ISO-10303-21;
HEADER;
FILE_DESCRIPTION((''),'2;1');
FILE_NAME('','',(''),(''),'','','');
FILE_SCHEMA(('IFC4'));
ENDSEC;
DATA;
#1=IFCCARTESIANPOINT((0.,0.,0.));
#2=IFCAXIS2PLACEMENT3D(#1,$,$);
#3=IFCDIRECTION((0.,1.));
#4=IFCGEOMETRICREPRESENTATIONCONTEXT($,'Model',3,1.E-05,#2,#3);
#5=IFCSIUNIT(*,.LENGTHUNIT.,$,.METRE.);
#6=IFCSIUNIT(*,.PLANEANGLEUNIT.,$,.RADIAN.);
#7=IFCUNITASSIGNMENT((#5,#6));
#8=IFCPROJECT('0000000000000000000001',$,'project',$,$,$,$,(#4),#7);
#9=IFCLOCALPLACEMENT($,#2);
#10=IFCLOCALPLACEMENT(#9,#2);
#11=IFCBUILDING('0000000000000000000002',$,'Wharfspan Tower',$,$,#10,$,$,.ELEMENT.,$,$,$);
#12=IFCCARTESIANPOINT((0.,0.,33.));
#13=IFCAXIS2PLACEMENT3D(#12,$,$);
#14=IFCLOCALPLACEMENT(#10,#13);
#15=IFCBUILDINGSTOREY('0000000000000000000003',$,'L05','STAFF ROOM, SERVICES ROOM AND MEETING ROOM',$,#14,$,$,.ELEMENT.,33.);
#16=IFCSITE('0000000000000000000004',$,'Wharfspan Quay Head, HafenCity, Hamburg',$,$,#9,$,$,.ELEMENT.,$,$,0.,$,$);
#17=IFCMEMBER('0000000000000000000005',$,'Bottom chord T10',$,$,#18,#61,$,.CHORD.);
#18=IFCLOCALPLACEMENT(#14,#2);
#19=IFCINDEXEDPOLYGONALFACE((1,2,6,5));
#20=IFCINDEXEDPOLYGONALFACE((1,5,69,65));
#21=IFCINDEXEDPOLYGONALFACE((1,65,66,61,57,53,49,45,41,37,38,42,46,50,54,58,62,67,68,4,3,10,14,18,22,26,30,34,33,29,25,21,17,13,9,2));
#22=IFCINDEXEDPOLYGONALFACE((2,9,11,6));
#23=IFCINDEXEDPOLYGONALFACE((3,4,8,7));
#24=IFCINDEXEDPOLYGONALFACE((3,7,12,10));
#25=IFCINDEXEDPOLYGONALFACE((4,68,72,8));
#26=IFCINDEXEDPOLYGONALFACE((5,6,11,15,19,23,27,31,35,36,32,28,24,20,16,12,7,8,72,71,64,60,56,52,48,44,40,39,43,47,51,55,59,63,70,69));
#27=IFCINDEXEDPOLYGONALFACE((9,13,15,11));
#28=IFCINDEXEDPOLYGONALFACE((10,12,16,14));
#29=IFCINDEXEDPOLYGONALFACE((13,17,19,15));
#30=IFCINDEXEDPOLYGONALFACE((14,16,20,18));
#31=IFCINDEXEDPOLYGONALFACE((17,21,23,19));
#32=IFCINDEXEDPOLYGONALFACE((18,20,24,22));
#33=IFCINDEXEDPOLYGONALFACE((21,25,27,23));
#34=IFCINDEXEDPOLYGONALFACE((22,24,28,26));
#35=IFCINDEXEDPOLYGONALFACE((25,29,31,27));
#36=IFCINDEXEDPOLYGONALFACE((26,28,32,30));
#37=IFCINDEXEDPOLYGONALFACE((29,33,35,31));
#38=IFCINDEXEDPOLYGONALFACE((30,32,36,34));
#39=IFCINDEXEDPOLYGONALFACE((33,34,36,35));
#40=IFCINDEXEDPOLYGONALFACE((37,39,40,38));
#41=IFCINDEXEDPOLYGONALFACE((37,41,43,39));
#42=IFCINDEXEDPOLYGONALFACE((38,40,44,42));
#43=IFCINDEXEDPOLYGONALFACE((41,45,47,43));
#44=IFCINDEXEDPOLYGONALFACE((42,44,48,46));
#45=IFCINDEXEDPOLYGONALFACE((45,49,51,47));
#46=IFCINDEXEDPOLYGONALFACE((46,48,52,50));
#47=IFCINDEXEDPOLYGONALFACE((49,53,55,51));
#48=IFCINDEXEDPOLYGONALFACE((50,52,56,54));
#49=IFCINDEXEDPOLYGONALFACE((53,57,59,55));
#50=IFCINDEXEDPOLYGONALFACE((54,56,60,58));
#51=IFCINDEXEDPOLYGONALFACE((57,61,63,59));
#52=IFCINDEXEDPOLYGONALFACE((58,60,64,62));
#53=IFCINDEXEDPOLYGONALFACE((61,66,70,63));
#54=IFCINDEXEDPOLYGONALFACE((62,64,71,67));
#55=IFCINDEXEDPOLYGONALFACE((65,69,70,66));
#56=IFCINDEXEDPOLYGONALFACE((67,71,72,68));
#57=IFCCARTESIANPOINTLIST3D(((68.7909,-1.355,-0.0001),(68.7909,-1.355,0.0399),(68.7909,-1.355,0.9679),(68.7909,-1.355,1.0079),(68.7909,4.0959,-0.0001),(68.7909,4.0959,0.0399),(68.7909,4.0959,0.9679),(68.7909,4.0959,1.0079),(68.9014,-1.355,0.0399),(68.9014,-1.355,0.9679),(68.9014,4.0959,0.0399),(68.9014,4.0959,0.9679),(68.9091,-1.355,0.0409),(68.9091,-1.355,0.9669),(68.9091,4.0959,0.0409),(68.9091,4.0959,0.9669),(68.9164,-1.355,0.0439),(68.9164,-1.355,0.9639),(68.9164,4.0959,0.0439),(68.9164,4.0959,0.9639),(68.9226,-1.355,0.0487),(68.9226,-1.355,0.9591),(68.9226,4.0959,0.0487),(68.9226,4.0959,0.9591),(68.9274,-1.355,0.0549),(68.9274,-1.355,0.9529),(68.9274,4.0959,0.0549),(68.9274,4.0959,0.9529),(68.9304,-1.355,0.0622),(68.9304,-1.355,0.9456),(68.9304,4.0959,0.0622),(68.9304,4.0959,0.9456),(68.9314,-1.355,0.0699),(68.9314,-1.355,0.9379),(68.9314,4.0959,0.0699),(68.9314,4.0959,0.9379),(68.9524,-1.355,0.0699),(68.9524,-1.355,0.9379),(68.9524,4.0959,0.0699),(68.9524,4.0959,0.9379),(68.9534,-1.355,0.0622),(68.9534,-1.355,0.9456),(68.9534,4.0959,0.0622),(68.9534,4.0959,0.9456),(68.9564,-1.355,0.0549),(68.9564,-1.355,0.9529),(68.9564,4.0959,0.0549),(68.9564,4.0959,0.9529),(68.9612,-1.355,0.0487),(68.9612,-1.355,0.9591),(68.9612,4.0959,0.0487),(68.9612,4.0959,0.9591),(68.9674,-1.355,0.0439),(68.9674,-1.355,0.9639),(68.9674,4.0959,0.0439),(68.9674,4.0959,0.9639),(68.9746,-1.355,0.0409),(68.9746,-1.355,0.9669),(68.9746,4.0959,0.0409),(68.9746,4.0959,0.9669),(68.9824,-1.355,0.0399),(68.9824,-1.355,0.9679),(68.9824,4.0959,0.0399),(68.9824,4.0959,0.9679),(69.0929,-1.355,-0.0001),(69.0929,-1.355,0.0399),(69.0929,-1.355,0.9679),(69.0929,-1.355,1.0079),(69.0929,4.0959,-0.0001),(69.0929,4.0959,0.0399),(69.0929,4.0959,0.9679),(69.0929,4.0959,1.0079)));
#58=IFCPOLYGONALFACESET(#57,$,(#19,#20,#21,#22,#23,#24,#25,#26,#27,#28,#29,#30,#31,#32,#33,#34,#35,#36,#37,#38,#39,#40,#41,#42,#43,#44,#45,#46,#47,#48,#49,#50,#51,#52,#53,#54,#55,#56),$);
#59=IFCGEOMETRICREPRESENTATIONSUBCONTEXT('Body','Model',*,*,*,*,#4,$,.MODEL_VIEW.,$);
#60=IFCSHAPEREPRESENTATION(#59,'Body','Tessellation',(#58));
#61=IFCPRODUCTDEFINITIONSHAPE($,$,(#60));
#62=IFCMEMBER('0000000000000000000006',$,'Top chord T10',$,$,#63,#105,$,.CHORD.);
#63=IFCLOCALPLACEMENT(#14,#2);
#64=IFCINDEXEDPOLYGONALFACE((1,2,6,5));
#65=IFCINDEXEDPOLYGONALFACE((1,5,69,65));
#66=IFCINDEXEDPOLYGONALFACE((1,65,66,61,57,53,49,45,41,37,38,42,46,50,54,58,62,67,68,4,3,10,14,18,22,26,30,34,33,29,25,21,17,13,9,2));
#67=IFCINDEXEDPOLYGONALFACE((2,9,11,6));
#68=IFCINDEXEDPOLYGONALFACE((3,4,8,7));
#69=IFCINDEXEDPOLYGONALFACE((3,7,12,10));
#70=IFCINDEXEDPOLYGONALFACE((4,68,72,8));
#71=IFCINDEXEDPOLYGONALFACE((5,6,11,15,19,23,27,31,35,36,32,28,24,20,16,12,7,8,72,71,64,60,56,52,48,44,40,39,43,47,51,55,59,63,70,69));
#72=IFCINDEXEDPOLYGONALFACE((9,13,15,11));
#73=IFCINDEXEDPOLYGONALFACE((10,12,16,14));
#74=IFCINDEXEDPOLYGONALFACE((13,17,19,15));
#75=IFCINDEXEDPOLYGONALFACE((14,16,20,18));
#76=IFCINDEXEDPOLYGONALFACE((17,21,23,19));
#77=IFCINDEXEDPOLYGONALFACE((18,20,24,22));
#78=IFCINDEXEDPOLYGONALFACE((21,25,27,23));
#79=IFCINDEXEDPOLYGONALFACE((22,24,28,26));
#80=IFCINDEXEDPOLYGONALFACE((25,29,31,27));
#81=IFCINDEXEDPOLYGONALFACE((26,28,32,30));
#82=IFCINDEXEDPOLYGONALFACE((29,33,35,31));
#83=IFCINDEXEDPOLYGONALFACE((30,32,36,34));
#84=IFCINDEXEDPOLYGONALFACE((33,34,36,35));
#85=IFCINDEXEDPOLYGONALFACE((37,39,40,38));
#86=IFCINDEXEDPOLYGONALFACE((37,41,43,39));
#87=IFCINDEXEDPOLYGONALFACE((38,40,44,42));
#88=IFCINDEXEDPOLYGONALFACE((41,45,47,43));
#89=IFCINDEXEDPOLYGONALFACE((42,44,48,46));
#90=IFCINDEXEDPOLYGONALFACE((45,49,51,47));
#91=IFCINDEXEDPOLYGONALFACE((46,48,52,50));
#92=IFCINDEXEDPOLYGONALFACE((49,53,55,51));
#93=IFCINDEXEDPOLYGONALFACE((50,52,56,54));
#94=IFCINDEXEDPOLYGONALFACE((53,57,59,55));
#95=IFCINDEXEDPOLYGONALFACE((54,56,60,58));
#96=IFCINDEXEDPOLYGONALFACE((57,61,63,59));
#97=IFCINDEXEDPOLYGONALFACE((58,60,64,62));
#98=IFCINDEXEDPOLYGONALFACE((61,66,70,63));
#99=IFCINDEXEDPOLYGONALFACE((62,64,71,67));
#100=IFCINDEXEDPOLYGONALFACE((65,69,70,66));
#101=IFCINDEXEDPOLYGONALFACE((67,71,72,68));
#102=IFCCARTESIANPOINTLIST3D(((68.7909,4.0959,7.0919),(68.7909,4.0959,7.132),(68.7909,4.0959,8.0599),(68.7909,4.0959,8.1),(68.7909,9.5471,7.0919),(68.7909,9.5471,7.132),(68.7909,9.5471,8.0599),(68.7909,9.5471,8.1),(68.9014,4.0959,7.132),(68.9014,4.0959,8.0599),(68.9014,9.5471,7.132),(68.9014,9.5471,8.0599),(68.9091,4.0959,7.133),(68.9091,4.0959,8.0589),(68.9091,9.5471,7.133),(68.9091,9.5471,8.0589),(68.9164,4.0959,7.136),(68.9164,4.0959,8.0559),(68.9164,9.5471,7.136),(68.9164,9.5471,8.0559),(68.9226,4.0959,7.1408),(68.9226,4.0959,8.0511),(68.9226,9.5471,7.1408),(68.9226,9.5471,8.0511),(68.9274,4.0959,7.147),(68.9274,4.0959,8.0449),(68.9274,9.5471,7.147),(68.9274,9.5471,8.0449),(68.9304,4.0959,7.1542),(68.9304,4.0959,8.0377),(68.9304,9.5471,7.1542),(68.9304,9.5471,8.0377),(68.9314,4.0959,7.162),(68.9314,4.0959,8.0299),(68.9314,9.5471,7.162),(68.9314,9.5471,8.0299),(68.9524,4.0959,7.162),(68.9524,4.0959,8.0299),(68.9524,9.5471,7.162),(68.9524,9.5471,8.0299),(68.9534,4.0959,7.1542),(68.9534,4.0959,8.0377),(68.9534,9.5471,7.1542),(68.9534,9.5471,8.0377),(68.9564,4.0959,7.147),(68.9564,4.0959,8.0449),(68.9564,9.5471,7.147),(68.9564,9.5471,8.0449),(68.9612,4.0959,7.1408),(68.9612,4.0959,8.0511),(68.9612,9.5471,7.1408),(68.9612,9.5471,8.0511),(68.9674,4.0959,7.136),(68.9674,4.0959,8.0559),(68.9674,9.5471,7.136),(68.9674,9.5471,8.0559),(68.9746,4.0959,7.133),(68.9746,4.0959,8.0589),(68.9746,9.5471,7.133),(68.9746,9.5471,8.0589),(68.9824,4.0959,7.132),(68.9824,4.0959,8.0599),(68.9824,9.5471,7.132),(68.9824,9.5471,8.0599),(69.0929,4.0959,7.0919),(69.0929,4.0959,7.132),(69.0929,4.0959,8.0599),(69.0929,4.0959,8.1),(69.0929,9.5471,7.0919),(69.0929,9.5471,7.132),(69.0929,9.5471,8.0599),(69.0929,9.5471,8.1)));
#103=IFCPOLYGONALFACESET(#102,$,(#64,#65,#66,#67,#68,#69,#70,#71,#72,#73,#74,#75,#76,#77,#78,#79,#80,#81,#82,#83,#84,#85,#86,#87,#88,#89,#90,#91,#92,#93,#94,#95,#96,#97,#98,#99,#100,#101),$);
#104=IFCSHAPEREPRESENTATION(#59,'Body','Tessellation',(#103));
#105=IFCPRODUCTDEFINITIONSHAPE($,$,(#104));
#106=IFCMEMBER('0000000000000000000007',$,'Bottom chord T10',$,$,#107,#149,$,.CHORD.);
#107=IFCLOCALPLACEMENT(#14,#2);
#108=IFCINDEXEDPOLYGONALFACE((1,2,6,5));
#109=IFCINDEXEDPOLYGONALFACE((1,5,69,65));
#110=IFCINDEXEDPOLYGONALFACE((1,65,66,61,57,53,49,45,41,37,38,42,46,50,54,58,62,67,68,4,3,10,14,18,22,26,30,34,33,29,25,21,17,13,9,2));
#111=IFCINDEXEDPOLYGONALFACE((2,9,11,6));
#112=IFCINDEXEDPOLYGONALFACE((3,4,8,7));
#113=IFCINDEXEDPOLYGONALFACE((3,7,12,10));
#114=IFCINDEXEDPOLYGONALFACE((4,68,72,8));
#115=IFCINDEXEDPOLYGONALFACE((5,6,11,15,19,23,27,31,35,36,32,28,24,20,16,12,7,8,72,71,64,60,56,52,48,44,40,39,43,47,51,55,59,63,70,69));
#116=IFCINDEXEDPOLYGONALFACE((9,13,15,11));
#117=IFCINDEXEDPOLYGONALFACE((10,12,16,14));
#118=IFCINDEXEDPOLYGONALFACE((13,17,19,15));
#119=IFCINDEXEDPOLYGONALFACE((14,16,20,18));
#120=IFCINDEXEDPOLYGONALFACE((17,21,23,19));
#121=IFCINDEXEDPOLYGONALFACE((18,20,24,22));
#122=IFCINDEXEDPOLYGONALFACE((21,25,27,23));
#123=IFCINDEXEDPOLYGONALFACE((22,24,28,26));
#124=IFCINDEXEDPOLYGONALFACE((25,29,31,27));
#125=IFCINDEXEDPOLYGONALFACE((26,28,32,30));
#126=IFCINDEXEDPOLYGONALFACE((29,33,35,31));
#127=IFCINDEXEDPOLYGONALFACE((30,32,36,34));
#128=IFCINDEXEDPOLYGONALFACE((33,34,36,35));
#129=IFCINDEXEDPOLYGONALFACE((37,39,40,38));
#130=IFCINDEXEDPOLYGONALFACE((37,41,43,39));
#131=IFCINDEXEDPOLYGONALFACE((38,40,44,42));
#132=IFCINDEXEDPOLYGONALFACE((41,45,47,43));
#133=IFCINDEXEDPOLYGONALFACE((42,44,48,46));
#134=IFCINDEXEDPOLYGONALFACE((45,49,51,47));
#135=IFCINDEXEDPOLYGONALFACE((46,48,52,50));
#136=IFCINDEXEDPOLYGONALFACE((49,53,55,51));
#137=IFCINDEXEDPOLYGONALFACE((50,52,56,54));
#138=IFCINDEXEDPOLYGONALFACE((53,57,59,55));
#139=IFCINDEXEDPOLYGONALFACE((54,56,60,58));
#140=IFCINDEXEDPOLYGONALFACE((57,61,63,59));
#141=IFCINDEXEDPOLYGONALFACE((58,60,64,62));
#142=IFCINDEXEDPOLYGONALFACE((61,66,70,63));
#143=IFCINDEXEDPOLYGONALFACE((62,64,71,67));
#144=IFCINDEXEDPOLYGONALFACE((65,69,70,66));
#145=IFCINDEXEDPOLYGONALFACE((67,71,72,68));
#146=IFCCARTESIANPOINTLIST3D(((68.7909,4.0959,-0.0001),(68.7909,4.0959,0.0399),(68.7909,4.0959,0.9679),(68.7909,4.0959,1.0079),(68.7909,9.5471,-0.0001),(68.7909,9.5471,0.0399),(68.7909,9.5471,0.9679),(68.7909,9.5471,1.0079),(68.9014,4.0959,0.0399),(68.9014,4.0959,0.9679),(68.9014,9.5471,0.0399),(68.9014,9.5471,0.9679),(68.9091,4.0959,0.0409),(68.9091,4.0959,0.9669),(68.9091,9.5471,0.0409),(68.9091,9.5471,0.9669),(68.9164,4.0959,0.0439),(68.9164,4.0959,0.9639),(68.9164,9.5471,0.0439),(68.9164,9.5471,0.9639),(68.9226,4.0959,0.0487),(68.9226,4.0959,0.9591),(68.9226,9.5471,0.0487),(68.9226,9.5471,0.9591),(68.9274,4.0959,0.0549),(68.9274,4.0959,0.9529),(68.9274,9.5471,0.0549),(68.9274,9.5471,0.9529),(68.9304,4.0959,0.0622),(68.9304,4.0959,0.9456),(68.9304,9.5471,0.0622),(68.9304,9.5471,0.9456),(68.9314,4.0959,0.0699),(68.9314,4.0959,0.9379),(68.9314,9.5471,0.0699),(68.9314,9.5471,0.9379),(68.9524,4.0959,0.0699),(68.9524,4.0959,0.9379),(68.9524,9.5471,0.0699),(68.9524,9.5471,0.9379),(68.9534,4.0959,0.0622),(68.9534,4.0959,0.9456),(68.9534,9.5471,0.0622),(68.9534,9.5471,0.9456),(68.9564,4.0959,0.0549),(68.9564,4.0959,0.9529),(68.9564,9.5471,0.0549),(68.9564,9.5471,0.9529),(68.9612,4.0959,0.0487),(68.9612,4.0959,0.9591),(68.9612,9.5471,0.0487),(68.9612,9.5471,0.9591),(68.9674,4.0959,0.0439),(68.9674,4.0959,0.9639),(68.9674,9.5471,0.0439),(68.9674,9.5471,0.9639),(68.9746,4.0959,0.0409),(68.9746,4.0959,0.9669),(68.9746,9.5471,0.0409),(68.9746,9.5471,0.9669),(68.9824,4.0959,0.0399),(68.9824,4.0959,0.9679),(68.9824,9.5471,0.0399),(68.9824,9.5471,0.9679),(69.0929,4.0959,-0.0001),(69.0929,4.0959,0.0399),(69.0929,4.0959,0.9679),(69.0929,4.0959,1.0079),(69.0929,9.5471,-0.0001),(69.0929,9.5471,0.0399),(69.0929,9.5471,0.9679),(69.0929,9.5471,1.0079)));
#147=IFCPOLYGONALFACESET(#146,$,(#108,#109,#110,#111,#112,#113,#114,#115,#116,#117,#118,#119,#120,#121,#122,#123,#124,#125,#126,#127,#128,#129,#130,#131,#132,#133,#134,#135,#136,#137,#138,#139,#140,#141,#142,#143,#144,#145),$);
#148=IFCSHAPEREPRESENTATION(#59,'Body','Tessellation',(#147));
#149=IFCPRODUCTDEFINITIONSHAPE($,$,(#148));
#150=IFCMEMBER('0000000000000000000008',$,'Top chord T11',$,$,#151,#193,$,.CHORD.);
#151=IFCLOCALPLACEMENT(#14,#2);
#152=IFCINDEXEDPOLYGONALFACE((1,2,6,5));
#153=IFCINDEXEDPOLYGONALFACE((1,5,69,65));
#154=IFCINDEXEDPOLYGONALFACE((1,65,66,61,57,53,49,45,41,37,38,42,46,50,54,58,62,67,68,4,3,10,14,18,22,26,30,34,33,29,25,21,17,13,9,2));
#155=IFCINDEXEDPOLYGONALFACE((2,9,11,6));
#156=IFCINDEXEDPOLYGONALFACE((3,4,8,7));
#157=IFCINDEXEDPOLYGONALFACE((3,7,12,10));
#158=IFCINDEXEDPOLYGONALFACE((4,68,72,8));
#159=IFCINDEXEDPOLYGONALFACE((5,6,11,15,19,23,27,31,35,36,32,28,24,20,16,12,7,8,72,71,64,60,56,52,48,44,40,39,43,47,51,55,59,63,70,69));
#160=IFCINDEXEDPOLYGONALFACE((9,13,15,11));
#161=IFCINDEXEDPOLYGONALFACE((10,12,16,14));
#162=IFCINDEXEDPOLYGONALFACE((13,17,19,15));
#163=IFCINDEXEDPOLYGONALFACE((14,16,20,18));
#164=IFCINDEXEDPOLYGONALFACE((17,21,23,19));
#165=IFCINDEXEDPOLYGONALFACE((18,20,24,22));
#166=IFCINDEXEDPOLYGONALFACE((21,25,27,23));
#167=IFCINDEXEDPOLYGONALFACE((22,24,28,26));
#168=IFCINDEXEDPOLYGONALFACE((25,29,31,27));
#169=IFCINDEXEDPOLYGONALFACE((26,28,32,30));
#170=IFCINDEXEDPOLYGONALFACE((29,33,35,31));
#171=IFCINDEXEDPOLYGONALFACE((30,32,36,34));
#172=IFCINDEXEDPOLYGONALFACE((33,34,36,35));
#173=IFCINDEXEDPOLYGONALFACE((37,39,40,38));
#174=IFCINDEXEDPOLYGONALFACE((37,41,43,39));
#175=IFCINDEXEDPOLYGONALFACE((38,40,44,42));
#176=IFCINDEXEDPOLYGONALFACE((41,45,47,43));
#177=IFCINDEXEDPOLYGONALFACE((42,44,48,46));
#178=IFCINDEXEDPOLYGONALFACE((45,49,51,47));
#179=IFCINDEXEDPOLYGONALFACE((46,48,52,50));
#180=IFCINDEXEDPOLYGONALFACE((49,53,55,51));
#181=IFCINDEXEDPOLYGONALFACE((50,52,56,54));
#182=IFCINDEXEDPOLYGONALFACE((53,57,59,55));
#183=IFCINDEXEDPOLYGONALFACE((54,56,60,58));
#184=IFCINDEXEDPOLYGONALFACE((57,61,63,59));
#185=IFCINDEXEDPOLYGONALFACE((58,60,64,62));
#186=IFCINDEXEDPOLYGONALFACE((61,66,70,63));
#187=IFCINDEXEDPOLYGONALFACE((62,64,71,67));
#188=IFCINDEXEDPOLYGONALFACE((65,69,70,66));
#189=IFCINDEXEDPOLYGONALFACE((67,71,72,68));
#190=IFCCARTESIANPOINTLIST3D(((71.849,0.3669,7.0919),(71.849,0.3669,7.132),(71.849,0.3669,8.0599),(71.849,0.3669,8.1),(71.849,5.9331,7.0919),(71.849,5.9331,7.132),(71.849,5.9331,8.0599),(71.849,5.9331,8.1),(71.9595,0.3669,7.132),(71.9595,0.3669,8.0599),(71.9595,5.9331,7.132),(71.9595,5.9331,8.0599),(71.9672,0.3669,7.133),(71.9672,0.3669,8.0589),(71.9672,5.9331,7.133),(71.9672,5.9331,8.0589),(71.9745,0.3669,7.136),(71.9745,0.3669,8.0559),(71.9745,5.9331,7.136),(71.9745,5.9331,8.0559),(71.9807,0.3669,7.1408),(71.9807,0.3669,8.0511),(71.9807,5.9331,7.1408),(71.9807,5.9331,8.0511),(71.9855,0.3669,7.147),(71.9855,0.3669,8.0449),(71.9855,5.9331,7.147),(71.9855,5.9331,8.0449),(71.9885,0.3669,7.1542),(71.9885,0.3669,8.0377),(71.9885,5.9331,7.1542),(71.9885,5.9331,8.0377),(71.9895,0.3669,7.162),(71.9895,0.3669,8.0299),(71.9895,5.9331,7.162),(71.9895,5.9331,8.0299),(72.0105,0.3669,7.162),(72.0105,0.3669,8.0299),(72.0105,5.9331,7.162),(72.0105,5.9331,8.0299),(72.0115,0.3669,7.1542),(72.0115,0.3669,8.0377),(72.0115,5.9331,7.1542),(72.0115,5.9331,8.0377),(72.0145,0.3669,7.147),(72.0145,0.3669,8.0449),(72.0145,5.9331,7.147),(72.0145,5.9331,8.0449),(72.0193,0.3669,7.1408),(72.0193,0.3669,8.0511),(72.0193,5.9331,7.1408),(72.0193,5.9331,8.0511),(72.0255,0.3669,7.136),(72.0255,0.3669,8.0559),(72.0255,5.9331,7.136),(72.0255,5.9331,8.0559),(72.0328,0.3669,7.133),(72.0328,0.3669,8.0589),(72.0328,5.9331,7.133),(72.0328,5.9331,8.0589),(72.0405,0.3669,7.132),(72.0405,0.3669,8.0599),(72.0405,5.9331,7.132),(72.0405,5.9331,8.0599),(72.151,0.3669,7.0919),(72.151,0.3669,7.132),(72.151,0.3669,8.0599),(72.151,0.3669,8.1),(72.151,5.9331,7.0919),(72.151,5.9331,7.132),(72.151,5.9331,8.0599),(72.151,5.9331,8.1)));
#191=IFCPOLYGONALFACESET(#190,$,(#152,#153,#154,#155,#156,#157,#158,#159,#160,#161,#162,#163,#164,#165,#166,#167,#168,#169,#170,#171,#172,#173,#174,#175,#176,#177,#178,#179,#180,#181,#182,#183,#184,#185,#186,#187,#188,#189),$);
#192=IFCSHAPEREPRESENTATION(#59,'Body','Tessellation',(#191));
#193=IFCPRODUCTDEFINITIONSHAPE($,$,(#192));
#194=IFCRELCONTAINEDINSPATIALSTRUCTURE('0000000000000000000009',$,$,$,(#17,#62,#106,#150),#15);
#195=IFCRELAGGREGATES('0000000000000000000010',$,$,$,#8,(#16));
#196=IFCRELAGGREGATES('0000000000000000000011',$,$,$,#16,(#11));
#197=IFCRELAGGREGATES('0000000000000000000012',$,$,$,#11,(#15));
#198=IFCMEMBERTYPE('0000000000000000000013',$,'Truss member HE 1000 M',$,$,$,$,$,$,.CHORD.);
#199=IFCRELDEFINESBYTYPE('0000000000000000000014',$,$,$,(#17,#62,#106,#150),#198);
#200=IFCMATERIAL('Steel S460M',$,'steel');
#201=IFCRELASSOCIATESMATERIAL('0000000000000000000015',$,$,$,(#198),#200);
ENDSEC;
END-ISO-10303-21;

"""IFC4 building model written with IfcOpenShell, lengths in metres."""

from ifc_helpers import new_model, si_unit, direction, frame, origin, origin_2d, place, context, subcontext, project, spatial, i_section, extrude, material, material_profile, profile_set, type_object, element, save


model = new_model("IFC4")

# Units and contexts
model_context = context("Model", 3, precision=1e-05, world=origin(), true_north=direction((0.0, 1.0)))
body_context = subcontext(model_context, "Body", "Model", "MODEL_VIEW")
ifc_project = project(units=[si_unit("LENGTHUNIT", "METRE"), si_unit("PLANEANGLEUNIT", "RADIAN")], contexts=[model_context])

# Site, building, storey
site_placement = place(None, origin())
site = spatial("IfcSite", under=ifc_project, at=site_placement, Name="Wharfspan Quay Head, HafenCity, Hamburg", CompositionType="ELEMENT", RefElevation=0.0)
building_placement = place(site_placement, origin())
building = spatial("IfcBuilding", under=site, at=building_placement, Name="Wharfspan Tower", CompositionType="ELEMENT")
storey_placement = place(building_placement, frame((0.0, 0.0, 33.0)))
storey = spatial("IfcBuildingStorey", under=building, at=storey_placement, Name="L05", Description="STAFF ROOM, SERVICES ROOM AND MEETING ROOM", CompositionType="ELEMENT", Elevation=33.0)

# Shared definitions
ifc_material_1 = material(Name="Steel S460M", Category="steel")

# Members
ifc_material_profile_1 = material_profile(ifc_material_1, i_section(OverallWidth=0.302, OverallDepth=1.0081, WebThickness=0.021, FlangeThickness=0.04, FilletRadius=0.03, at=origin_2d()))
ifc_profile_set_1 = profile_set([ifc_material_profile_1], Name="Steel S460M")
member_type_1 = type_object("IfcMemberType", Name="Truss member HE 1000 M", PredefinedType="CHORD", material=ifc_profile_set_1)
for number, where, z_axis, x_axis, name in (
    (1, (68.9419, -1.355, 0.5039), (0.0, 1.0, 0.0), (-1.0, 0.0, 0.0), "Bottom chord T10"),
):
    element("IfcMember", number, at=place(storey_placement, frame(where, z_axis=z_axis, x_axis=x_axis)), inside=storey, type_object=member_type_1, Name=name, PredefinedType="CHORD", context=body_context, shape_type="SweptSolid", body=[
        extrude(i_section(OverallWidth=0.302, OverallDepth=1.0081, WebThickness=0.021, FlangeThickness=0.04, FilletRadius=0.03, at=origin_2d()), origin(), (0.0, 0.0, 1.0), 5.4509),
    ])
for number, where, z_axis, x_axis, name in (
    (2, (68.9419, 4.0959, 7.5959), (0.0, 1.0, 0.0), (-1.0, 0.0, 0.0), "Top chord T10"),
    (3, (68.9419, 4.0959, 0.5039), (0.0, 1.0, 0.0), (-1.0, 0.0, 0.0), "Bottom chord T10"),
):
    element("IfcMember", number, at=place(storey_placement, frame(where, z_axis=z_axis, x_axis=x_axis)), inside=storey, type_object=member_type_1, Name=name, PredefinedType="CHORD", context=body_context, shape_type="SweptSolid", body=[
        extrude(i_section(OverallWidth=0.302, OverallDepth=1.0081, WebThickness=0.021, FlangeThickness=0.04, FilletRadius=0.03, at=origin_2d()), origin(), (0.0, 0.0, 1.0), 5.4512),
    ])
for number, where, z_axis, x_axis, name in (
    (4, (72.0, 0.3669, 7.5959), (0.0, 1.0, 0.0), (-1.0, 0.0, 0.0), "Top chord T11"),
):
    element("IfcMember", number, at=place(storey_placement, frame(where, z_axis=z_axis, x_axis=x_axis)), inside=storey, type_object=member_type_1, Name=name, PredefinedType="CHORD", context=body_context, shape_type="SweptSolid", body=[
        extrude(i_section(OverallWidth=0.302, OverallDepth=1.0081, WebThickness=0.021, FlangeThickness=0.04, FilletRadius=0.03, at=origin_2d()), origin(), (0.0, 0.0, 1.0), 5.5662),
    ])

save(model, "model.ifc")
